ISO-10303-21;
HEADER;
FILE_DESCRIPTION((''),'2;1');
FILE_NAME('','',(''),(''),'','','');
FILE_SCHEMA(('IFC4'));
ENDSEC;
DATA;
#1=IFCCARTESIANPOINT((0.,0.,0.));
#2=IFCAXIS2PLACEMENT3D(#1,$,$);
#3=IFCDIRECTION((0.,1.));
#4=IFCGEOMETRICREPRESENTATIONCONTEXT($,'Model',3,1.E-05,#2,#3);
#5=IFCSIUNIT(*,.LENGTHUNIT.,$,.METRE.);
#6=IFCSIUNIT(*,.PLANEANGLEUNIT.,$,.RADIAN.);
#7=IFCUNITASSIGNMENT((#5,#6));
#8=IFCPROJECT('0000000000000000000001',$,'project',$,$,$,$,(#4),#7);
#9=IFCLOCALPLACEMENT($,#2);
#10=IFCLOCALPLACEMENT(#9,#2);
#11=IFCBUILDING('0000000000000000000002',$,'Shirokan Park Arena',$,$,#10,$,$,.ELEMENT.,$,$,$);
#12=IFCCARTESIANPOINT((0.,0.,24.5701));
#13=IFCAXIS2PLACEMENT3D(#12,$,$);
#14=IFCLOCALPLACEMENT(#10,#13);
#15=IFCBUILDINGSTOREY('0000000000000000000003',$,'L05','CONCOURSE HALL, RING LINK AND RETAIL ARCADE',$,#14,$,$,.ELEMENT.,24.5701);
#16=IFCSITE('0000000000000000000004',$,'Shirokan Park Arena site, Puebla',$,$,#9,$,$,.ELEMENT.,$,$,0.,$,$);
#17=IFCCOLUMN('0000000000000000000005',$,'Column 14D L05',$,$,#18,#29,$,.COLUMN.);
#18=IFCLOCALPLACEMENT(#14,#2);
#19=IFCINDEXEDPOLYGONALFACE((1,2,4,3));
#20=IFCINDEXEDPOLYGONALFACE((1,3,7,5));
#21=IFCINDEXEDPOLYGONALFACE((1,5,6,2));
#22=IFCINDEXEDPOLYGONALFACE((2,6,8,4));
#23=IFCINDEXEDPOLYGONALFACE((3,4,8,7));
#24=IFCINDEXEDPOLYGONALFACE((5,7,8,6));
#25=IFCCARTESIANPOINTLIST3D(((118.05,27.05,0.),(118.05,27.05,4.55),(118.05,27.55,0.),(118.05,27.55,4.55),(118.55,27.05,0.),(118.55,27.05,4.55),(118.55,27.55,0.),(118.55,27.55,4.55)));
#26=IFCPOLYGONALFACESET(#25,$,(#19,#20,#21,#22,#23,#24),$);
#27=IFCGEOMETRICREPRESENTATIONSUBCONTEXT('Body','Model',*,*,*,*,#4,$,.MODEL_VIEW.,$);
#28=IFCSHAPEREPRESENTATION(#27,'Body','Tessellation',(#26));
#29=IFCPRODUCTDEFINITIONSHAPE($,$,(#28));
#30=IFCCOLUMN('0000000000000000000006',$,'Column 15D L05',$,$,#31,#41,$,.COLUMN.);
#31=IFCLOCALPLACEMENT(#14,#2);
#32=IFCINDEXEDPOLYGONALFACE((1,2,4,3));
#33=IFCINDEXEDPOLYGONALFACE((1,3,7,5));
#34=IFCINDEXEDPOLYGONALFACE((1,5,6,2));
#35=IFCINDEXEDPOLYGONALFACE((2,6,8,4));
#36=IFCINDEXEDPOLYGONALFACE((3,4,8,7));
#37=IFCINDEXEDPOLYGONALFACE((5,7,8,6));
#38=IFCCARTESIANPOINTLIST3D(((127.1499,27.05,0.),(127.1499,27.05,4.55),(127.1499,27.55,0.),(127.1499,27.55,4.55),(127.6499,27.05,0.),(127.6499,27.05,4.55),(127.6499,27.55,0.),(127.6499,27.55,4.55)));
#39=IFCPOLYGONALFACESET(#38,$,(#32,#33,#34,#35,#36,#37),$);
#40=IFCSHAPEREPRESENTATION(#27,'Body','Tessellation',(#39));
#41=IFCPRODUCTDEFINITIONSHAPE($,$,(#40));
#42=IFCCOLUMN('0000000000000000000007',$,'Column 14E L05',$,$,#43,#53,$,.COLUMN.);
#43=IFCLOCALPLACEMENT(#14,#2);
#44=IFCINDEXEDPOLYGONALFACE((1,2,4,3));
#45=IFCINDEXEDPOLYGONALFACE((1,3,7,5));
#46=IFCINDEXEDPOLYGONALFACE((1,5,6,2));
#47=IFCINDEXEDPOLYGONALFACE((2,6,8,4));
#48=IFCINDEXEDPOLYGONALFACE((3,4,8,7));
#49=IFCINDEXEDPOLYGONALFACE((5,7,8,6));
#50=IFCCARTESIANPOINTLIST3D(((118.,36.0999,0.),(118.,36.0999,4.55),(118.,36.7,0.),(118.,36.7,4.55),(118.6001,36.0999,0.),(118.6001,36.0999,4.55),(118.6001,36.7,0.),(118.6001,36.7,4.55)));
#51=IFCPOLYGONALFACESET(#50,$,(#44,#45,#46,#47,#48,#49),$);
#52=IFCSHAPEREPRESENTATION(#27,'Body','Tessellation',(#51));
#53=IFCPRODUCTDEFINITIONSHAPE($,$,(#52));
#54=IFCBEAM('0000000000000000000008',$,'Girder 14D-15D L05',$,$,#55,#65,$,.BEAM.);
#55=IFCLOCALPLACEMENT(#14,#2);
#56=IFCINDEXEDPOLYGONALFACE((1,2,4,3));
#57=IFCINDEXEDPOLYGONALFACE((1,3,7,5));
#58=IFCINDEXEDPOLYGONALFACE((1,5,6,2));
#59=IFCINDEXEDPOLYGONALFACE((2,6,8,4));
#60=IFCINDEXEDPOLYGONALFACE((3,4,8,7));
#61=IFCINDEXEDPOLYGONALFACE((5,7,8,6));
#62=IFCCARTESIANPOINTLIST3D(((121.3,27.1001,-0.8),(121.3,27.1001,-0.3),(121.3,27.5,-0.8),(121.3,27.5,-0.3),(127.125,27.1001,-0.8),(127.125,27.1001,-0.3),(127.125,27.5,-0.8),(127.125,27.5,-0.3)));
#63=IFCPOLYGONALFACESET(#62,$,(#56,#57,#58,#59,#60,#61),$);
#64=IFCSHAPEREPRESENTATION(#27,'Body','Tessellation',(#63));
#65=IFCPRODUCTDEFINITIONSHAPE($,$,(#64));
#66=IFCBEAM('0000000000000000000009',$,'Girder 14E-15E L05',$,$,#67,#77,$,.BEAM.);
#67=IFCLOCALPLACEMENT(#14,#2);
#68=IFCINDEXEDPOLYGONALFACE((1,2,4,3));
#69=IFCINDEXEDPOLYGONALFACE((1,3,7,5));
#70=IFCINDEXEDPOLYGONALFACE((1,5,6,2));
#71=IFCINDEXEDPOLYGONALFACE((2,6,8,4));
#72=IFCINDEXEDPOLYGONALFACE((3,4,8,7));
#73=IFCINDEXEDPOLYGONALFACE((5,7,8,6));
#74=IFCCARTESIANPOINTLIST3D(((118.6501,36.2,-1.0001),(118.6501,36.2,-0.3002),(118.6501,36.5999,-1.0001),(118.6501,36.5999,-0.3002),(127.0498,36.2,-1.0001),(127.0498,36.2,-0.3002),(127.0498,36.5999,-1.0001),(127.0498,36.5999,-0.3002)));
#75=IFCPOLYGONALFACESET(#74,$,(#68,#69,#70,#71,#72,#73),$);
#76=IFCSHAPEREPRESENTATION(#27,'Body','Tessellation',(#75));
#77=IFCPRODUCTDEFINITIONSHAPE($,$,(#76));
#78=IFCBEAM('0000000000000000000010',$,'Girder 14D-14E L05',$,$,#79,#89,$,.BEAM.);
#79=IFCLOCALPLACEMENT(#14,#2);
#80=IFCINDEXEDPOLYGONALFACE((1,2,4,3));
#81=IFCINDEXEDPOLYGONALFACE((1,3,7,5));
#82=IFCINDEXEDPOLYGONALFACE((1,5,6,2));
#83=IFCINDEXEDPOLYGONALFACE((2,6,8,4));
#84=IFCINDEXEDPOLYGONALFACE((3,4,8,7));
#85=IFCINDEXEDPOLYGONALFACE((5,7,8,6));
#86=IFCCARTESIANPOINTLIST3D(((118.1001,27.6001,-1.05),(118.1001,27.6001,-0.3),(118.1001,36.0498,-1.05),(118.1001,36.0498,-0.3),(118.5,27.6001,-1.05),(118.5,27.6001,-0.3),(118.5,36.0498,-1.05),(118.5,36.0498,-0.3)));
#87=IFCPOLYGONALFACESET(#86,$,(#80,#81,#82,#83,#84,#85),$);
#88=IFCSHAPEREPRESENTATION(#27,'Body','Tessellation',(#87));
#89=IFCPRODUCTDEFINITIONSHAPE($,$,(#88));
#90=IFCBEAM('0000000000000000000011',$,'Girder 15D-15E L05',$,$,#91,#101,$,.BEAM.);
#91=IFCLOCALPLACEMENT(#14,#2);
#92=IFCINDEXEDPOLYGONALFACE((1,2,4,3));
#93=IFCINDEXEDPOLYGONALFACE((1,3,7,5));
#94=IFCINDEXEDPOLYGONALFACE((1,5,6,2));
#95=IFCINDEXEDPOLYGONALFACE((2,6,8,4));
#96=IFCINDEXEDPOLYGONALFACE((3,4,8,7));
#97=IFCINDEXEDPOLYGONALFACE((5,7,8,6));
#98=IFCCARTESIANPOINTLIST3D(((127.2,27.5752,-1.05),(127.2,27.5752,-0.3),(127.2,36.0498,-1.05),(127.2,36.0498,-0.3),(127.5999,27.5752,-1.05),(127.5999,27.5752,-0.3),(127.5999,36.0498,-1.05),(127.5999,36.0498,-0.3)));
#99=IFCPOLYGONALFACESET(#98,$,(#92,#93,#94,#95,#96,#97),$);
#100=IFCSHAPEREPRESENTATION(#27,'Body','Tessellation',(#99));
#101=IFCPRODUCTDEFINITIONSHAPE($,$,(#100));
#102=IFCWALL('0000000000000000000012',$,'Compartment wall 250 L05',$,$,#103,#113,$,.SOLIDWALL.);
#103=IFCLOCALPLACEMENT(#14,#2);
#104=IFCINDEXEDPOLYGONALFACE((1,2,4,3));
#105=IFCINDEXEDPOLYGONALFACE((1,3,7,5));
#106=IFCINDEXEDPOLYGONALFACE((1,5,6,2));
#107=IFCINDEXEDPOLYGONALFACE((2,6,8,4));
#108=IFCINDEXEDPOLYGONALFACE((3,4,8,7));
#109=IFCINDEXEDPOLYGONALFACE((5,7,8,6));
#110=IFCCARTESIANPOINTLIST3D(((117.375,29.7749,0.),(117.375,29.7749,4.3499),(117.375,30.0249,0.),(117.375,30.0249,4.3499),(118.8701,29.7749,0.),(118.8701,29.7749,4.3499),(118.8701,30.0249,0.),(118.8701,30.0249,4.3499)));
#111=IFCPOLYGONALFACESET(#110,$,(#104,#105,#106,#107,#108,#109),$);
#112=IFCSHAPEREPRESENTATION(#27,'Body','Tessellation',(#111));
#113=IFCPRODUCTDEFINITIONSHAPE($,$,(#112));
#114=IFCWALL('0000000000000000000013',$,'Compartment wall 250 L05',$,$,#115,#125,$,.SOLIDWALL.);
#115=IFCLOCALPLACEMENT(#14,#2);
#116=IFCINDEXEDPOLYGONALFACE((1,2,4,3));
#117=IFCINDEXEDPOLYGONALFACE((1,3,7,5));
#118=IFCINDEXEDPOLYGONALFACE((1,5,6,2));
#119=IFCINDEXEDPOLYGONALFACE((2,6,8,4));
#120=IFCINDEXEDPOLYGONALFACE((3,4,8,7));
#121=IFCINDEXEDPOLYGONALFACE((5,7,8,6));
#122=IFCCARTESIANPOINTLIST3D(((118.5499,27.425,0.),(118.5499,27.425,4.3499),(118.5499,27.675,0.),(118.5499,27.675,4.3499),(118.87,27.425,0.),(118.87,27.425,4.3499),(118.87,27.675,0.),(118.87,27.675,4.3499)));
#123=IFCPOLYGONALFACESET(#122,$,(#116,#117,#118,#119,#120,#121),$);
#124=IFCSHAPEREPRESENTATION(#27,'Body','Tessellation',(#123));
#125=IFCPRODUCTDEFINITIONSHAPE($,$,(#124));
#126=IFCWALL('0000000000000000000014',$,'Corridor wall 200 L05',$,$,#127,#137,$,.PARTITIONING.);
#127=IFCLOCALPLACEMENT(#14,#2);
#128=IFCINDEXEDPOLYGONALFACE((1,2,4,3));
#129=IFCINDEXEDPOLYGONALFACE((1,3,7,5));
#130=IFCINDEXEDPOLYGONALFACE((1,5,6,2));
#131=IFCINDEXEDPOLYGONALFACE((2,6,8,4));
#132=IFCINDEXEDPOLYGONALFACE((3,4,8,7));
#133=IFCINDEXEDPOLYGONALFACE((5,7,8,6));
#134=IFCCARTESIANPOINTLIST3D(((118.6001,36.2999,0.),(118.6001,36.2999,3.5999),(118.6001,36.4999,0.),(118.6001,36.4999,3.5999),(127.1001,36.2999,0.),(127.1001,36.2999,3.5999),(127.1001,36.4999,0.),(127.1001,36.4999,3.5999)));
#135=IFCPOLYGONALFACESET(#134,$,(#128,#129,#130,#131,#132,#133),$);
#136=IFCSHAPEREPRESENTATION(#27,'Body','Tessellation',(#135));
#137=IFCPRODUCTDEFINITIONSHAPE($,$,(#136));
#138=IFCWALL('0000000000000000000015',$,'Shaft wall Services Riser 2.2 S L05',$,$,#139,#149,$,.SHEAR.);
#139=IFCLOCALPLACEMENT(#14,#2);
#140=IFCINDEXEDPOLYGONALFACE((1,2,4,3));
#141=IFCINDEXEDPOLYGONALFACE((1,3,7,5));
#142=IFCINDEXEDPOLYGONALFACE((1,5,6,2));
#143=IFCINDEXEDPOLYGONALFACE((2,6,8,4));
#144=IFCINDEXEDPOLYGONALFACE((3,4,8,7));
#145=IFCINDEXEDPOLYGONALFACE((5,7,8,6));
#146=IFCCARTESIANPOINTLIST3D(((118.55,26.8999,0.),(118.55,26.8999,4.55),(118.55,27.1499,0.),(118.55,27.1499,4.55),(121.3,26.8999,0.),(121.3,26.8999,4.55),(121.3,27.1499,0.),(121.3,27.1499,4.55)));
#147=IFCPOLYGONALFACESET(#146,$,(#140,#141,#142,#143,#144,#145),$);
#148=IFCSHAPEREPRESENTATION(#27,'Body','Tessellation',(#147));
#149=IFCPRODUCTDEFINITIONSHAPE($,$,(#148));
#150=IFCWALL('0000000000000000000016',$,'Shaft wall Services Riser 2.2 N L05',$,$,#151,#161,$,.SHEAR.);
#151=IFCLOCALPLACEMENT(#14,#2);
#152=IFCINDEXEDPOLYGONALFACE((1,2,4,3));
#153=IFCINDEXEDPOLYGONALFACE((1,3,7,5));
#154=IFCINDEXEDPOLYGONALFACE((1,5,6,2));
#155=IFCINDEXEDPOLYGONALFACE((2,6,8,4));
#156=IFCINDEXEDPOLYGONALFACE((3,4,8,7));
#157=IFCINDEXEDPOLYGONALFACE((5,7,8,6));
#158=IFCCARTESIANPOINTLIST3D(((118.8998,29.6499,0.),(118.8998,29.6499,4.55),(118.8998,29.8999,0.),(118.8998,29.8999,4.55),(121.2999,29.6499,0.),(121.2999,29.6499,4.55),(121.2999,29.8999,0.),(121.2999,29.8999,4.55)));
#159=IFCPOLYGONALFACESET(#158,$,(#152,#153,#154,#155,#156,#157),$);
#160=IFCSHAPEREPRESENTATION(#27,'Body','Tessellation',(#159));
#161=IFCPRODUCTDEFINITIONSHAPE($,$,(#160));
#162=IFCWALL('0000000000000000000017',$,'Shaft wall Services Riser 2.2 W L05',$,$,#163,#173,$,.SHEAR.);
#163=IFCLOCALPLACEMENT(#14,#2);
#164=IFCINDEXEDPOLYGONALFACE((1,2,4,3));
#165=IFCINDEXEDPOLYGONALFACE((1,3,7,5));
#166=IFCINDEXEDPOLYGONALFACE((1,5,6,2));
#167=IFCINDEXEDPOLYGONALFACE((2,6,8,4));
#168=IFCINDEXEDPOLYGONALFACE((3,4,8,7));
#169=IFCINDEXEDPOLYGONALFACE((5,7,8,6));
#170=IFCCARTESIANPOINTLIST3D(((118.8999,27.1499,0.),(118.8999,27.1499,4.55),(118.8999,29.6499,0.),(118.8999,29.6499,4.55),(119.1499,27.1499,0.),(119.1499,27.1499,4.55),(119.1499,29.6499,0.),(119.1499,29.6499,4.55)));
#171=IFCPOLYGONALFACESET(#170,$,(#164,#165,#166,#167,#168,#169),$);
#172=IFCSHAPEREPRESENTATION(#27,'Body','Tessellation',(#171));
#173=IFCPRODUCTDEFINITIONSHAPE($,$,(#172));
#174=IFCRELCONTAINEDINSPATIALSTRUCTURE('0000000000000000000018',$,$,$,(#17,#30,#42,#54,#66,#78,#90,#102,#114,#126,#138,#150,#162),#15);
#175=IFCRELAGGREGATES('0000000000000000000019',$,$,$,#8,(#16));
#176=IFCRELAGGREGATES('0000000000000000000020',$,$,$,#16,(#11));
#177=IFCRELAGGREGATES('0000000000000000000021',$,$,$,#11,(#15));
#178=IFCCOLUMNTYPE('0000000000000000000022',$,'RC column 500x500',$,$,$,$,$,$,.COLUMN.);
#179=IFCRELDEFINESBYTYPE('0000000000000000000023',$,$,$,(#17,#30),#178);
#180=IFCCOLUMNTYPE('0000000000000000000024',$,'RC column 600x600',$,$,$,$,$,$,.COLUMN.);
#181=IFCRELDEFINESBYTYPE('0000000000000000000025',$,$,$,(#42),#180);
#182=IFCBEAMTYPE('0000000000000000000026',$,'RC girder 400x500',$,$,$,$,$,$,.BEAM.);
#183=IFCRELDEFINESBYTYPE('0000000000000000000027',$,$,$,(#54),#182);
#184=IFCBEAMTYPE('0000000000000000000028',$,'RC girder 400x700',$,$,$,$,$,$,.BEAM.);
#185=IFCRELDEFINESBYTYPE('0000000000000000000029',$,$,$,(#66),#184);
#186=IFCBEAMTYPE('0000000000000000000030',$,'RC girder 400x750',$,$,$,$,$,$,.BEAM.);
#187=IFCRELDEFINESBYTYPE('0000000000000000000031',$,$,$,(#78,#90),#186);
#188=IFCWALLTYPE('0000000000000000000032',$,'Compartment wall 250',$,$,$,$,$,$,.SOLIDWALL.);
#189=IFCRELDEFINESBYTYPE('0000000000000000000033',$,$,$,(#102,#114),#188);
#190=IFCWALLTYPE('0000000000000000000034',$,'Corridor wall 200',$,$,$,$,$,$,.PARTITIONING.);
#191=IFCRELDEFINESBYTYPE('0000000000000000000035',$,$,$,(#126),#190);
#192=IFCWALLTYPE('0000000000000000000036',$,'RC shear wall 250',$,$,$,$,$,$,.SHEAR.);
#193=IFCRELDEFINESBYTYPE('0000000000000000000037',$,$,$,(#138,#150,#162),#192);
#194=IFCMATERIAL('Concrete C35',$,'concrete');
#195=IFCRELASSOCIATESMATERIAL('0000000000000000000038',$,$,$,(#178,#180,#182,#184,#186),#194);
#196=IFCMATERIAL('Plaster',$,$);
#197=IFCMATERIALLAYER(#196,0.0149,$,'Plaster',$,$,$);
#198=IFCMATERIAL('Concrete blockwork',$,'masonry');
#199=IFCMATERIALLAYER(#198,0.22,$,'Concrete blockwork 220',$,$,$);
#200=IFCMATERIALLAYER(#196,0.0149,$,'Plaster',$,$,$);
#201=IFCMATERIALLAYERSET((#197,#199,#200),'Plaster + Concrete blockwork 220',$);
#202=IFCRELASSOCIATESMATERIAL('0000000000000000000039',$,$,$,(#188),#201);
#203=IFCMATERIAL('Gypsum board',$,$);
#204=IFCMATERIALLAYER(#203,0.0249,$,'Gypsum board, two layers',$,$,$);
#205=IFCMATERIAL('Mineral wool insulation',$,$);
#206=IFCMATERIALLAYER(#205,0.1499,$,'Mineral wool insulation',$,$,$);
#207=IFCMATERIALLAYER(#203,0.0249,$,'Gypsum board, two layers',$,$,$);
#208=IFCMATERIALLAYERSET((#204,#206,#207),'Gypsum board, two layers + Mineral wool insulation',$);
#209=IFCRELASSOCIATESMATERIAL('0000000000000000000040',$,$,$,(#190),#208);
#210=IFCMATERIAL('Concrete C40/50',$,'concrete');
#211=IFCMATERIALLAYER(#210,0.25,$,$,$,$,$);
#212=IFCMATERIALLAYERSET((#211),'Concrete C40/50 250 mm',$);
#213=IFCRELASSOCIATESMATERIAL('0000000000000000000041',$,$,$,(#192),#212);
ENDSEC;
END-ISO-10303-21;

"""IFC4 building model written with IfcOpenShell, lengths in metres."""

from ifc_helpers import new_model, si_unit, direction, frame, frame_2d, origin, origin_2d, place, context, subcontext, project, spatial, rectangle, extrude, material, layer, layer_set, material_profile, profile_set, type_object, element, save


model = new_model("IFC4")

# Units and contexts
model_context = context("Model", 3, precision=1e-05, world=origin(), true_north=direction((0.0, 1.0)))
body_context = subcontext(model_context, "Body", "Model", "MODEL_VIEW")
ifc_project = project(units=[si_unit("LENGTHUNIT", "METRE"), si_unit("PLANEANGLEUNIT", "RADIAN")], contexts=[model_context])

# Site, building, storey
site_placement = place(None, origin())
site = spatial("IfcSite", under=ifc_project, at=site_placement, Name="Shirokan Park Arena site, Puebla", CompositionType="ELEMENT", RefElevation=0.0)
building_placement = place(site_placement, origin())
building = spatial("IfcBuilding", under=site, at=building_placement, Name="Shirokan Park Arena", CompositionType="ELEMENT")
storey_placement = place(building_placement, frame((0.0, 0.0, 24.5701)))
storey = spatial("IfcBuildingStorey", under=building, at=storey_placement, Name="L05", Description="CONCOURSE HALL, RING LINK AND RETAIL ARCADE", CompositionType="ELEMENT", Elevation=24.5701)

# Columns
ifc_material_1 = material(Name="Concrete C35", Category="concrete")
ifc_material_profile_1 = material_profile(ifc_material_1, rectangle(XDim=0.5, YDim=0.5, at=origin_2d()), Name="500x500")
ifc_profile_set_1 = profile_set([ifc_material_profile_1], Name="Concrete C35")
column_type_1 = type_object("IfcColumnType", Name="RC column 500x500", PredefinedType="COLUMN", material=ifc_profile_set_1)
for number, where, z_axis, x_axis, name in (
    (1, (118.3, 27.3, 0.0), (0.0, 0.0, 1.0), (1.0, 0.0, 0.0), "Column 14D L05"),
    (2, (127.3999, 27.3, 0.0), (0.0, 0.0, 1.0), (1.0, 0.0, 0.0), "Column 15D L05"),
):
    element("IfcColumn", number, at=place(storey_placement, frame(where, z_axis=z_axis, x_axis=x_axis)), inside=storey, type_object=column_type_1, Name=name, PredefinedType="COLUMN", context=body_context, shape_type="SweptSolid", body=[
        extrude(rectangle(XDim=0.5, YDim=0.5, at=origin_2d()), origin(), (0.0, 0.0, 1.0), 4.55),
    ])
ifc_material_profile_2 = material_profile(ifc_material_1, rectangle(XDim=0.6001, YDim=0.6001, at=origin_2d()), Name="600x600")
ifc_profile_set_2 = profile_set([ifc_material_profile_2], Name="Concrete C35")
column_type_2 = type_object("IfcColumnType", Name="RC column 600x600", PredefinedType="COLUMN", material=ifc_profile_set_2)
column_placement = place(storey_placement, frame((118.3, 36.3999, 0.0), z_axis=(0.0, 0.0, 1.0), x_axis=(1.0, 0.0, 0.0)))
element("IfcColumn", 3, at=column_placement, inside=storey, type_object=column_type_2, Name="Column 14E L05", PredefinedType="COLUMN", context=body_context, shape_type="SweptSolid", body=[
    extrude(rectangle(XDim=0.6001, YDim=0.6001, at=origin_2d()), origin(), (0.0, 0.0, 1.0), 4.55),
])

# Beams
ifc_material_profile_3 = material_profile(ifc_material_1, rectangle(XDim=0.3999, YDim=0.5, at=origin_2d()), Name="400x500")
ifc_profile_set_3 = profile_set([ifc_material_profile_3], Name="Concrete C35")
beam_type_1 = type_object("IfcBeamType", Name="RC girder 400x500", PredefinedType="BEAM", material=ifc_profile_set_3)
beam_1_placement = place(storey_placement, frame((121.3, 27.3, -0.55), z_axis=(1.0, 0.0, 0.0), x_axis=(0.0, 1.0, 0.0)))
element("IfcBeam", 4, at=beam_1_placement, inside=storey, type_object=beam_type_1, Name="Girder 14D-15D L05", PredefinedType="BEAM", context=body_context, shape_type="SweptSolid", body=[
    extrude(rectangle(XDim=0.3999, YDim=0.5, at=origin_2d()), origin(), (0.0, 0.0, 1.0), 5.825),
])
ifc_material_profile_4 = material_profile(ifc_material_1, rectangle(XDim=0.3999, YDim=0.7, at=origin_2d()), Name="400x700")
ifc_profile_set_4 = profile_set([ifc_material_profile_4], Name="Concrete C35")
beam_type_2 = type_object("IfcBeamType", Name="RC girder 400x700", PredefinedType="BEAM", material=ifc_profile_set_4)
beam_2_placement = place(storey_placement, frame((118.6501, 36.3999, -0.6501), z_axis=(1.0, 0.0, 0.0), x_axis=(0.0, 1.0, 0.0)))
element("IfcBeam", 5, at=beam_2_placement, inside=storey, type_object=beam_type_2, Name="Girder 14E-15E L05", PredefinedType="BEAM", context=body_context, shape_type="SweptSolid", body=[
    extrude(rectangle(XDim=0.3999, YDim=0.7, at=origin_2d()), origin(), (0.0, 0.0, 1.0), 8.3997),
])
ifc_material_profile_5 = material_profile(ifc_material_1, rectangle(XDim=0.3999, YDim=0.75, at=origin_2d()), Name="400x750")
ifc_profile_set_5 = profile_set([ifc_material_profile_5], Name="Concrete C35")
beam_type_3 = type_object("IfcBeamType", Name="RC girder 400x750", PredefinedType="BEAM", material=ifc_profile_set_5)
beam_3_placement = place(storey_placement, frame((118.3, 27.6001, -0.675), z_axis=(0.0, 1.0, 0.0), x_axis=(-1.0, 0.0, 0.0)))
element("IfcBeam", 6, at=beam_3_placement, inside=storey, type_object=beam_type_3, Name="Girder 14D-14E L05", PredefinedType="BEAM", context=body_context, shape_type="SweptSolid", body=[
    extrude(rectangle(XDim=0.3999, YDim=0.75, at=origin_2d()), origin(), (0.0, 0.0, 1.0), 8.4497),
])
beam_4_placement = place(storey_placement, frame((127.3999, 27.5752, -0.675), z_axis=(0.0, 1.0, 0.0), x_axis=(-1.0, 0.0, 0.0)))
element("IfcBeam", 7, at=beam_4_placement, inside=storey, type_object=beam_type_3, Name="Girder 15D-15E L05", PredefinedType="BEAM", context=body_context, shape_type="SweptSolid", body=[
    extrude(rectangle(XDim=0.3999, YDim=0.75, at=origin_2d()), origin(), (0.0, 0.0, 1.0), 8.4746),
])

# Walls
ifc_material_2 = material(Name="Plaster")
ifc_layer_1 = layer(ifc_material_2, 0.0149, Name="Plaster")
ifc_material_3 = material(Name="Concrete blockwork", Category="masonry")
ifc_layer_2 = layer(ifc_material_3, 0.22, Name="Concrete blockwork 220")
ifc_layer_3 = layer(ifc_material_2, 0.0149, Name="Plaster")
ifc_layer_set_1 = layer_set([ifc_layer_1, ifc_layer_2, ifc_layer_3], Name="Plaster + Concrete blockwork 220")
wall_type_1 = type_object("IfcWallType", Name="Compartment wall 250", PredefinedType="SOLIDWALL", material=ifc_layer_set_1)
wall_1_placement = place(storey_placement, frame((117.375, 29.8999, 0.0), z_axis=(0.0, 0.0, 1.0), x_axis=(1.0, 0.0, 0.0)))
element("IfcWall", 8, at=wall_1_placement, inside=storey, type_object=wall_type_1, Name="Compartment wall 250 L05", PredefinedType="SOLIDWALL", context=body_context, shape_type="SweptSolid", body=[
    extrude(rectangle(XDim=1.4951, YDim=0.25, at=frame_2d((0.7476, 0.0))), origin(), (0.0, 0.0, 1.0), 4.3499),
])
wall_2_placement = place(storey_placement, frame((118.8701, 27.55, 0.0), z_axis=(0.0, 0.0, 1.0), x_axis=(-1.0, 0.0, 0.0)))
element("IfcWall", 9, at=wall_2_placement, inside=storey, type_object=wall_type_1, Name="Compartment wall 250 L05", PredefinedType="SOLIDWALL", context=body_context, shape_type="SweptSolid", body=[
    extrude(rectangle(XDim=0.3201, YDim=0.25, at=frame_2d((0.1602, 0.0))), origin(), (0.0, 0.0, 1.0), 4.3499),
])
ifc_material_4 = material(Name="Gypsum board")
ifc_layer_4 = layer(ifc_material_4, 0.0249, Name="Gypsum board, two layers")
ifc_material_5 = material(Name="Mineral wool insulation")
ifc_layer_5 = layer(ifc_material_5, 0.1499, Name="Mineral wool insulation")
ifc_layer_6 = layer(ifc_material_4, 0.0249, Name="Gypsum board, two layers")
ifc_layer_set_2 = layer_set([ifc_layer_4, ifc_layer_5, ifc_layer_6], Name="Gypsum board, two layers + Mineral wool insulation")
wall_type_2 = type_object("IfcWallType", Name="Corridor wall 200", PredefinedType="PARTITIONING", material=ifc_layer_set_2)
wall_3_placement = place(storey_placement, frame((127.1001, 36.3999, 0.0), z_axis=(0.0, 0.0, 1.0), x_axis=(-1.0, 0.0, 0.0)))
element("IfcWall", 10, at=wall_3_placement, inside=storey, type_object=wall_type_2, Name="Corridor wall 200 L05", PredefinedType="PARTITIONING", context=body_context, shape_type="SweptSolid", body=[
    extrude(rectangle(XDim=8.5, YDim=0.2, at=frame_2d((4.25, 0.0))), origin(), (0.0, 0.0, 1.0), 3.5999),
])
ifc_material_6 = material(Name="Concrete C40/50", Category="concrete")
ifc_layer_7 = layer(ifc_material_6, 0.25)
ifc_layer_set_3 = layer_set([ifc_layer_7], Name="Concrete C40/50 250 mm")
wall_type_3 = type_object("IfcWallType", Name="RC shear wall 250", PredefinedType="SHEAR", material=ifc_layer_set_3)
wall_4_placement = place(storey_placement, frame((121.3, 27.0249, 0.0), z_axis=(0.0, 0.0, 1.0), x_axis=(-1.0, 0.0, 0.0)))
element("IfcWall", 11, at=wall_4_placement, inside=storey, type_object=wall_type_3, Name="Shaft wall Services Riser 2.2 S L05", PredefinedType="SHEAR", context=body_context, shape_type="SweptSolid", body=[
    extrude(rectangle(XDim=2.75, YDim=0.25, at=frame_2d((1.375, 0.0))), origin(), (0.0, 0.0, 1.0), 4.55),
])
wall_5_placement = place(storey_placement, frame((121.3, 29.7749, 0.0), z_axis=(0.0, 0.0, 1.0), x_axis=(-1.0, 0.0, 0.0)))
element("IfcWall", 12, at=wall_5_placement, inside=storey, type_object=wall_type_3, Name="Shaft wall Services Riser 2.2 N L05", PredefinedType="SHEAR", context=body_context, shape_type="SweptSolid", body=[
    extrude(rectangle(XDim=2.4001, YDim=0.25, at=frame_2d((1.2002, 0.0))), origin(), (0.0, 0.0, 1.0), 4.55),
])
wall_6_placement = place(storey_placement, frame((119.0249, 29.6499, 0.0), z_axis=(0.0, 0.0, 1.0), x_axis=(0.0, -1.0, 0.0)))
element("IfcWall", 13, at=wall_6_placement, inside=storey, type_object=wall_type_3, Name="Shaft wall Services Riser 2.2 W L05", PredefinedType="SHEAR", context=body_context, shape_type="SweptSolid", body=[
    extrude(rectangle(XDim=2.5, YDim=0.25, at=frame_2d((1.25, 0.0))), origin(), (0.0, 0.0, 1.0), 4.55),
])

save(model, "model.ifc")
